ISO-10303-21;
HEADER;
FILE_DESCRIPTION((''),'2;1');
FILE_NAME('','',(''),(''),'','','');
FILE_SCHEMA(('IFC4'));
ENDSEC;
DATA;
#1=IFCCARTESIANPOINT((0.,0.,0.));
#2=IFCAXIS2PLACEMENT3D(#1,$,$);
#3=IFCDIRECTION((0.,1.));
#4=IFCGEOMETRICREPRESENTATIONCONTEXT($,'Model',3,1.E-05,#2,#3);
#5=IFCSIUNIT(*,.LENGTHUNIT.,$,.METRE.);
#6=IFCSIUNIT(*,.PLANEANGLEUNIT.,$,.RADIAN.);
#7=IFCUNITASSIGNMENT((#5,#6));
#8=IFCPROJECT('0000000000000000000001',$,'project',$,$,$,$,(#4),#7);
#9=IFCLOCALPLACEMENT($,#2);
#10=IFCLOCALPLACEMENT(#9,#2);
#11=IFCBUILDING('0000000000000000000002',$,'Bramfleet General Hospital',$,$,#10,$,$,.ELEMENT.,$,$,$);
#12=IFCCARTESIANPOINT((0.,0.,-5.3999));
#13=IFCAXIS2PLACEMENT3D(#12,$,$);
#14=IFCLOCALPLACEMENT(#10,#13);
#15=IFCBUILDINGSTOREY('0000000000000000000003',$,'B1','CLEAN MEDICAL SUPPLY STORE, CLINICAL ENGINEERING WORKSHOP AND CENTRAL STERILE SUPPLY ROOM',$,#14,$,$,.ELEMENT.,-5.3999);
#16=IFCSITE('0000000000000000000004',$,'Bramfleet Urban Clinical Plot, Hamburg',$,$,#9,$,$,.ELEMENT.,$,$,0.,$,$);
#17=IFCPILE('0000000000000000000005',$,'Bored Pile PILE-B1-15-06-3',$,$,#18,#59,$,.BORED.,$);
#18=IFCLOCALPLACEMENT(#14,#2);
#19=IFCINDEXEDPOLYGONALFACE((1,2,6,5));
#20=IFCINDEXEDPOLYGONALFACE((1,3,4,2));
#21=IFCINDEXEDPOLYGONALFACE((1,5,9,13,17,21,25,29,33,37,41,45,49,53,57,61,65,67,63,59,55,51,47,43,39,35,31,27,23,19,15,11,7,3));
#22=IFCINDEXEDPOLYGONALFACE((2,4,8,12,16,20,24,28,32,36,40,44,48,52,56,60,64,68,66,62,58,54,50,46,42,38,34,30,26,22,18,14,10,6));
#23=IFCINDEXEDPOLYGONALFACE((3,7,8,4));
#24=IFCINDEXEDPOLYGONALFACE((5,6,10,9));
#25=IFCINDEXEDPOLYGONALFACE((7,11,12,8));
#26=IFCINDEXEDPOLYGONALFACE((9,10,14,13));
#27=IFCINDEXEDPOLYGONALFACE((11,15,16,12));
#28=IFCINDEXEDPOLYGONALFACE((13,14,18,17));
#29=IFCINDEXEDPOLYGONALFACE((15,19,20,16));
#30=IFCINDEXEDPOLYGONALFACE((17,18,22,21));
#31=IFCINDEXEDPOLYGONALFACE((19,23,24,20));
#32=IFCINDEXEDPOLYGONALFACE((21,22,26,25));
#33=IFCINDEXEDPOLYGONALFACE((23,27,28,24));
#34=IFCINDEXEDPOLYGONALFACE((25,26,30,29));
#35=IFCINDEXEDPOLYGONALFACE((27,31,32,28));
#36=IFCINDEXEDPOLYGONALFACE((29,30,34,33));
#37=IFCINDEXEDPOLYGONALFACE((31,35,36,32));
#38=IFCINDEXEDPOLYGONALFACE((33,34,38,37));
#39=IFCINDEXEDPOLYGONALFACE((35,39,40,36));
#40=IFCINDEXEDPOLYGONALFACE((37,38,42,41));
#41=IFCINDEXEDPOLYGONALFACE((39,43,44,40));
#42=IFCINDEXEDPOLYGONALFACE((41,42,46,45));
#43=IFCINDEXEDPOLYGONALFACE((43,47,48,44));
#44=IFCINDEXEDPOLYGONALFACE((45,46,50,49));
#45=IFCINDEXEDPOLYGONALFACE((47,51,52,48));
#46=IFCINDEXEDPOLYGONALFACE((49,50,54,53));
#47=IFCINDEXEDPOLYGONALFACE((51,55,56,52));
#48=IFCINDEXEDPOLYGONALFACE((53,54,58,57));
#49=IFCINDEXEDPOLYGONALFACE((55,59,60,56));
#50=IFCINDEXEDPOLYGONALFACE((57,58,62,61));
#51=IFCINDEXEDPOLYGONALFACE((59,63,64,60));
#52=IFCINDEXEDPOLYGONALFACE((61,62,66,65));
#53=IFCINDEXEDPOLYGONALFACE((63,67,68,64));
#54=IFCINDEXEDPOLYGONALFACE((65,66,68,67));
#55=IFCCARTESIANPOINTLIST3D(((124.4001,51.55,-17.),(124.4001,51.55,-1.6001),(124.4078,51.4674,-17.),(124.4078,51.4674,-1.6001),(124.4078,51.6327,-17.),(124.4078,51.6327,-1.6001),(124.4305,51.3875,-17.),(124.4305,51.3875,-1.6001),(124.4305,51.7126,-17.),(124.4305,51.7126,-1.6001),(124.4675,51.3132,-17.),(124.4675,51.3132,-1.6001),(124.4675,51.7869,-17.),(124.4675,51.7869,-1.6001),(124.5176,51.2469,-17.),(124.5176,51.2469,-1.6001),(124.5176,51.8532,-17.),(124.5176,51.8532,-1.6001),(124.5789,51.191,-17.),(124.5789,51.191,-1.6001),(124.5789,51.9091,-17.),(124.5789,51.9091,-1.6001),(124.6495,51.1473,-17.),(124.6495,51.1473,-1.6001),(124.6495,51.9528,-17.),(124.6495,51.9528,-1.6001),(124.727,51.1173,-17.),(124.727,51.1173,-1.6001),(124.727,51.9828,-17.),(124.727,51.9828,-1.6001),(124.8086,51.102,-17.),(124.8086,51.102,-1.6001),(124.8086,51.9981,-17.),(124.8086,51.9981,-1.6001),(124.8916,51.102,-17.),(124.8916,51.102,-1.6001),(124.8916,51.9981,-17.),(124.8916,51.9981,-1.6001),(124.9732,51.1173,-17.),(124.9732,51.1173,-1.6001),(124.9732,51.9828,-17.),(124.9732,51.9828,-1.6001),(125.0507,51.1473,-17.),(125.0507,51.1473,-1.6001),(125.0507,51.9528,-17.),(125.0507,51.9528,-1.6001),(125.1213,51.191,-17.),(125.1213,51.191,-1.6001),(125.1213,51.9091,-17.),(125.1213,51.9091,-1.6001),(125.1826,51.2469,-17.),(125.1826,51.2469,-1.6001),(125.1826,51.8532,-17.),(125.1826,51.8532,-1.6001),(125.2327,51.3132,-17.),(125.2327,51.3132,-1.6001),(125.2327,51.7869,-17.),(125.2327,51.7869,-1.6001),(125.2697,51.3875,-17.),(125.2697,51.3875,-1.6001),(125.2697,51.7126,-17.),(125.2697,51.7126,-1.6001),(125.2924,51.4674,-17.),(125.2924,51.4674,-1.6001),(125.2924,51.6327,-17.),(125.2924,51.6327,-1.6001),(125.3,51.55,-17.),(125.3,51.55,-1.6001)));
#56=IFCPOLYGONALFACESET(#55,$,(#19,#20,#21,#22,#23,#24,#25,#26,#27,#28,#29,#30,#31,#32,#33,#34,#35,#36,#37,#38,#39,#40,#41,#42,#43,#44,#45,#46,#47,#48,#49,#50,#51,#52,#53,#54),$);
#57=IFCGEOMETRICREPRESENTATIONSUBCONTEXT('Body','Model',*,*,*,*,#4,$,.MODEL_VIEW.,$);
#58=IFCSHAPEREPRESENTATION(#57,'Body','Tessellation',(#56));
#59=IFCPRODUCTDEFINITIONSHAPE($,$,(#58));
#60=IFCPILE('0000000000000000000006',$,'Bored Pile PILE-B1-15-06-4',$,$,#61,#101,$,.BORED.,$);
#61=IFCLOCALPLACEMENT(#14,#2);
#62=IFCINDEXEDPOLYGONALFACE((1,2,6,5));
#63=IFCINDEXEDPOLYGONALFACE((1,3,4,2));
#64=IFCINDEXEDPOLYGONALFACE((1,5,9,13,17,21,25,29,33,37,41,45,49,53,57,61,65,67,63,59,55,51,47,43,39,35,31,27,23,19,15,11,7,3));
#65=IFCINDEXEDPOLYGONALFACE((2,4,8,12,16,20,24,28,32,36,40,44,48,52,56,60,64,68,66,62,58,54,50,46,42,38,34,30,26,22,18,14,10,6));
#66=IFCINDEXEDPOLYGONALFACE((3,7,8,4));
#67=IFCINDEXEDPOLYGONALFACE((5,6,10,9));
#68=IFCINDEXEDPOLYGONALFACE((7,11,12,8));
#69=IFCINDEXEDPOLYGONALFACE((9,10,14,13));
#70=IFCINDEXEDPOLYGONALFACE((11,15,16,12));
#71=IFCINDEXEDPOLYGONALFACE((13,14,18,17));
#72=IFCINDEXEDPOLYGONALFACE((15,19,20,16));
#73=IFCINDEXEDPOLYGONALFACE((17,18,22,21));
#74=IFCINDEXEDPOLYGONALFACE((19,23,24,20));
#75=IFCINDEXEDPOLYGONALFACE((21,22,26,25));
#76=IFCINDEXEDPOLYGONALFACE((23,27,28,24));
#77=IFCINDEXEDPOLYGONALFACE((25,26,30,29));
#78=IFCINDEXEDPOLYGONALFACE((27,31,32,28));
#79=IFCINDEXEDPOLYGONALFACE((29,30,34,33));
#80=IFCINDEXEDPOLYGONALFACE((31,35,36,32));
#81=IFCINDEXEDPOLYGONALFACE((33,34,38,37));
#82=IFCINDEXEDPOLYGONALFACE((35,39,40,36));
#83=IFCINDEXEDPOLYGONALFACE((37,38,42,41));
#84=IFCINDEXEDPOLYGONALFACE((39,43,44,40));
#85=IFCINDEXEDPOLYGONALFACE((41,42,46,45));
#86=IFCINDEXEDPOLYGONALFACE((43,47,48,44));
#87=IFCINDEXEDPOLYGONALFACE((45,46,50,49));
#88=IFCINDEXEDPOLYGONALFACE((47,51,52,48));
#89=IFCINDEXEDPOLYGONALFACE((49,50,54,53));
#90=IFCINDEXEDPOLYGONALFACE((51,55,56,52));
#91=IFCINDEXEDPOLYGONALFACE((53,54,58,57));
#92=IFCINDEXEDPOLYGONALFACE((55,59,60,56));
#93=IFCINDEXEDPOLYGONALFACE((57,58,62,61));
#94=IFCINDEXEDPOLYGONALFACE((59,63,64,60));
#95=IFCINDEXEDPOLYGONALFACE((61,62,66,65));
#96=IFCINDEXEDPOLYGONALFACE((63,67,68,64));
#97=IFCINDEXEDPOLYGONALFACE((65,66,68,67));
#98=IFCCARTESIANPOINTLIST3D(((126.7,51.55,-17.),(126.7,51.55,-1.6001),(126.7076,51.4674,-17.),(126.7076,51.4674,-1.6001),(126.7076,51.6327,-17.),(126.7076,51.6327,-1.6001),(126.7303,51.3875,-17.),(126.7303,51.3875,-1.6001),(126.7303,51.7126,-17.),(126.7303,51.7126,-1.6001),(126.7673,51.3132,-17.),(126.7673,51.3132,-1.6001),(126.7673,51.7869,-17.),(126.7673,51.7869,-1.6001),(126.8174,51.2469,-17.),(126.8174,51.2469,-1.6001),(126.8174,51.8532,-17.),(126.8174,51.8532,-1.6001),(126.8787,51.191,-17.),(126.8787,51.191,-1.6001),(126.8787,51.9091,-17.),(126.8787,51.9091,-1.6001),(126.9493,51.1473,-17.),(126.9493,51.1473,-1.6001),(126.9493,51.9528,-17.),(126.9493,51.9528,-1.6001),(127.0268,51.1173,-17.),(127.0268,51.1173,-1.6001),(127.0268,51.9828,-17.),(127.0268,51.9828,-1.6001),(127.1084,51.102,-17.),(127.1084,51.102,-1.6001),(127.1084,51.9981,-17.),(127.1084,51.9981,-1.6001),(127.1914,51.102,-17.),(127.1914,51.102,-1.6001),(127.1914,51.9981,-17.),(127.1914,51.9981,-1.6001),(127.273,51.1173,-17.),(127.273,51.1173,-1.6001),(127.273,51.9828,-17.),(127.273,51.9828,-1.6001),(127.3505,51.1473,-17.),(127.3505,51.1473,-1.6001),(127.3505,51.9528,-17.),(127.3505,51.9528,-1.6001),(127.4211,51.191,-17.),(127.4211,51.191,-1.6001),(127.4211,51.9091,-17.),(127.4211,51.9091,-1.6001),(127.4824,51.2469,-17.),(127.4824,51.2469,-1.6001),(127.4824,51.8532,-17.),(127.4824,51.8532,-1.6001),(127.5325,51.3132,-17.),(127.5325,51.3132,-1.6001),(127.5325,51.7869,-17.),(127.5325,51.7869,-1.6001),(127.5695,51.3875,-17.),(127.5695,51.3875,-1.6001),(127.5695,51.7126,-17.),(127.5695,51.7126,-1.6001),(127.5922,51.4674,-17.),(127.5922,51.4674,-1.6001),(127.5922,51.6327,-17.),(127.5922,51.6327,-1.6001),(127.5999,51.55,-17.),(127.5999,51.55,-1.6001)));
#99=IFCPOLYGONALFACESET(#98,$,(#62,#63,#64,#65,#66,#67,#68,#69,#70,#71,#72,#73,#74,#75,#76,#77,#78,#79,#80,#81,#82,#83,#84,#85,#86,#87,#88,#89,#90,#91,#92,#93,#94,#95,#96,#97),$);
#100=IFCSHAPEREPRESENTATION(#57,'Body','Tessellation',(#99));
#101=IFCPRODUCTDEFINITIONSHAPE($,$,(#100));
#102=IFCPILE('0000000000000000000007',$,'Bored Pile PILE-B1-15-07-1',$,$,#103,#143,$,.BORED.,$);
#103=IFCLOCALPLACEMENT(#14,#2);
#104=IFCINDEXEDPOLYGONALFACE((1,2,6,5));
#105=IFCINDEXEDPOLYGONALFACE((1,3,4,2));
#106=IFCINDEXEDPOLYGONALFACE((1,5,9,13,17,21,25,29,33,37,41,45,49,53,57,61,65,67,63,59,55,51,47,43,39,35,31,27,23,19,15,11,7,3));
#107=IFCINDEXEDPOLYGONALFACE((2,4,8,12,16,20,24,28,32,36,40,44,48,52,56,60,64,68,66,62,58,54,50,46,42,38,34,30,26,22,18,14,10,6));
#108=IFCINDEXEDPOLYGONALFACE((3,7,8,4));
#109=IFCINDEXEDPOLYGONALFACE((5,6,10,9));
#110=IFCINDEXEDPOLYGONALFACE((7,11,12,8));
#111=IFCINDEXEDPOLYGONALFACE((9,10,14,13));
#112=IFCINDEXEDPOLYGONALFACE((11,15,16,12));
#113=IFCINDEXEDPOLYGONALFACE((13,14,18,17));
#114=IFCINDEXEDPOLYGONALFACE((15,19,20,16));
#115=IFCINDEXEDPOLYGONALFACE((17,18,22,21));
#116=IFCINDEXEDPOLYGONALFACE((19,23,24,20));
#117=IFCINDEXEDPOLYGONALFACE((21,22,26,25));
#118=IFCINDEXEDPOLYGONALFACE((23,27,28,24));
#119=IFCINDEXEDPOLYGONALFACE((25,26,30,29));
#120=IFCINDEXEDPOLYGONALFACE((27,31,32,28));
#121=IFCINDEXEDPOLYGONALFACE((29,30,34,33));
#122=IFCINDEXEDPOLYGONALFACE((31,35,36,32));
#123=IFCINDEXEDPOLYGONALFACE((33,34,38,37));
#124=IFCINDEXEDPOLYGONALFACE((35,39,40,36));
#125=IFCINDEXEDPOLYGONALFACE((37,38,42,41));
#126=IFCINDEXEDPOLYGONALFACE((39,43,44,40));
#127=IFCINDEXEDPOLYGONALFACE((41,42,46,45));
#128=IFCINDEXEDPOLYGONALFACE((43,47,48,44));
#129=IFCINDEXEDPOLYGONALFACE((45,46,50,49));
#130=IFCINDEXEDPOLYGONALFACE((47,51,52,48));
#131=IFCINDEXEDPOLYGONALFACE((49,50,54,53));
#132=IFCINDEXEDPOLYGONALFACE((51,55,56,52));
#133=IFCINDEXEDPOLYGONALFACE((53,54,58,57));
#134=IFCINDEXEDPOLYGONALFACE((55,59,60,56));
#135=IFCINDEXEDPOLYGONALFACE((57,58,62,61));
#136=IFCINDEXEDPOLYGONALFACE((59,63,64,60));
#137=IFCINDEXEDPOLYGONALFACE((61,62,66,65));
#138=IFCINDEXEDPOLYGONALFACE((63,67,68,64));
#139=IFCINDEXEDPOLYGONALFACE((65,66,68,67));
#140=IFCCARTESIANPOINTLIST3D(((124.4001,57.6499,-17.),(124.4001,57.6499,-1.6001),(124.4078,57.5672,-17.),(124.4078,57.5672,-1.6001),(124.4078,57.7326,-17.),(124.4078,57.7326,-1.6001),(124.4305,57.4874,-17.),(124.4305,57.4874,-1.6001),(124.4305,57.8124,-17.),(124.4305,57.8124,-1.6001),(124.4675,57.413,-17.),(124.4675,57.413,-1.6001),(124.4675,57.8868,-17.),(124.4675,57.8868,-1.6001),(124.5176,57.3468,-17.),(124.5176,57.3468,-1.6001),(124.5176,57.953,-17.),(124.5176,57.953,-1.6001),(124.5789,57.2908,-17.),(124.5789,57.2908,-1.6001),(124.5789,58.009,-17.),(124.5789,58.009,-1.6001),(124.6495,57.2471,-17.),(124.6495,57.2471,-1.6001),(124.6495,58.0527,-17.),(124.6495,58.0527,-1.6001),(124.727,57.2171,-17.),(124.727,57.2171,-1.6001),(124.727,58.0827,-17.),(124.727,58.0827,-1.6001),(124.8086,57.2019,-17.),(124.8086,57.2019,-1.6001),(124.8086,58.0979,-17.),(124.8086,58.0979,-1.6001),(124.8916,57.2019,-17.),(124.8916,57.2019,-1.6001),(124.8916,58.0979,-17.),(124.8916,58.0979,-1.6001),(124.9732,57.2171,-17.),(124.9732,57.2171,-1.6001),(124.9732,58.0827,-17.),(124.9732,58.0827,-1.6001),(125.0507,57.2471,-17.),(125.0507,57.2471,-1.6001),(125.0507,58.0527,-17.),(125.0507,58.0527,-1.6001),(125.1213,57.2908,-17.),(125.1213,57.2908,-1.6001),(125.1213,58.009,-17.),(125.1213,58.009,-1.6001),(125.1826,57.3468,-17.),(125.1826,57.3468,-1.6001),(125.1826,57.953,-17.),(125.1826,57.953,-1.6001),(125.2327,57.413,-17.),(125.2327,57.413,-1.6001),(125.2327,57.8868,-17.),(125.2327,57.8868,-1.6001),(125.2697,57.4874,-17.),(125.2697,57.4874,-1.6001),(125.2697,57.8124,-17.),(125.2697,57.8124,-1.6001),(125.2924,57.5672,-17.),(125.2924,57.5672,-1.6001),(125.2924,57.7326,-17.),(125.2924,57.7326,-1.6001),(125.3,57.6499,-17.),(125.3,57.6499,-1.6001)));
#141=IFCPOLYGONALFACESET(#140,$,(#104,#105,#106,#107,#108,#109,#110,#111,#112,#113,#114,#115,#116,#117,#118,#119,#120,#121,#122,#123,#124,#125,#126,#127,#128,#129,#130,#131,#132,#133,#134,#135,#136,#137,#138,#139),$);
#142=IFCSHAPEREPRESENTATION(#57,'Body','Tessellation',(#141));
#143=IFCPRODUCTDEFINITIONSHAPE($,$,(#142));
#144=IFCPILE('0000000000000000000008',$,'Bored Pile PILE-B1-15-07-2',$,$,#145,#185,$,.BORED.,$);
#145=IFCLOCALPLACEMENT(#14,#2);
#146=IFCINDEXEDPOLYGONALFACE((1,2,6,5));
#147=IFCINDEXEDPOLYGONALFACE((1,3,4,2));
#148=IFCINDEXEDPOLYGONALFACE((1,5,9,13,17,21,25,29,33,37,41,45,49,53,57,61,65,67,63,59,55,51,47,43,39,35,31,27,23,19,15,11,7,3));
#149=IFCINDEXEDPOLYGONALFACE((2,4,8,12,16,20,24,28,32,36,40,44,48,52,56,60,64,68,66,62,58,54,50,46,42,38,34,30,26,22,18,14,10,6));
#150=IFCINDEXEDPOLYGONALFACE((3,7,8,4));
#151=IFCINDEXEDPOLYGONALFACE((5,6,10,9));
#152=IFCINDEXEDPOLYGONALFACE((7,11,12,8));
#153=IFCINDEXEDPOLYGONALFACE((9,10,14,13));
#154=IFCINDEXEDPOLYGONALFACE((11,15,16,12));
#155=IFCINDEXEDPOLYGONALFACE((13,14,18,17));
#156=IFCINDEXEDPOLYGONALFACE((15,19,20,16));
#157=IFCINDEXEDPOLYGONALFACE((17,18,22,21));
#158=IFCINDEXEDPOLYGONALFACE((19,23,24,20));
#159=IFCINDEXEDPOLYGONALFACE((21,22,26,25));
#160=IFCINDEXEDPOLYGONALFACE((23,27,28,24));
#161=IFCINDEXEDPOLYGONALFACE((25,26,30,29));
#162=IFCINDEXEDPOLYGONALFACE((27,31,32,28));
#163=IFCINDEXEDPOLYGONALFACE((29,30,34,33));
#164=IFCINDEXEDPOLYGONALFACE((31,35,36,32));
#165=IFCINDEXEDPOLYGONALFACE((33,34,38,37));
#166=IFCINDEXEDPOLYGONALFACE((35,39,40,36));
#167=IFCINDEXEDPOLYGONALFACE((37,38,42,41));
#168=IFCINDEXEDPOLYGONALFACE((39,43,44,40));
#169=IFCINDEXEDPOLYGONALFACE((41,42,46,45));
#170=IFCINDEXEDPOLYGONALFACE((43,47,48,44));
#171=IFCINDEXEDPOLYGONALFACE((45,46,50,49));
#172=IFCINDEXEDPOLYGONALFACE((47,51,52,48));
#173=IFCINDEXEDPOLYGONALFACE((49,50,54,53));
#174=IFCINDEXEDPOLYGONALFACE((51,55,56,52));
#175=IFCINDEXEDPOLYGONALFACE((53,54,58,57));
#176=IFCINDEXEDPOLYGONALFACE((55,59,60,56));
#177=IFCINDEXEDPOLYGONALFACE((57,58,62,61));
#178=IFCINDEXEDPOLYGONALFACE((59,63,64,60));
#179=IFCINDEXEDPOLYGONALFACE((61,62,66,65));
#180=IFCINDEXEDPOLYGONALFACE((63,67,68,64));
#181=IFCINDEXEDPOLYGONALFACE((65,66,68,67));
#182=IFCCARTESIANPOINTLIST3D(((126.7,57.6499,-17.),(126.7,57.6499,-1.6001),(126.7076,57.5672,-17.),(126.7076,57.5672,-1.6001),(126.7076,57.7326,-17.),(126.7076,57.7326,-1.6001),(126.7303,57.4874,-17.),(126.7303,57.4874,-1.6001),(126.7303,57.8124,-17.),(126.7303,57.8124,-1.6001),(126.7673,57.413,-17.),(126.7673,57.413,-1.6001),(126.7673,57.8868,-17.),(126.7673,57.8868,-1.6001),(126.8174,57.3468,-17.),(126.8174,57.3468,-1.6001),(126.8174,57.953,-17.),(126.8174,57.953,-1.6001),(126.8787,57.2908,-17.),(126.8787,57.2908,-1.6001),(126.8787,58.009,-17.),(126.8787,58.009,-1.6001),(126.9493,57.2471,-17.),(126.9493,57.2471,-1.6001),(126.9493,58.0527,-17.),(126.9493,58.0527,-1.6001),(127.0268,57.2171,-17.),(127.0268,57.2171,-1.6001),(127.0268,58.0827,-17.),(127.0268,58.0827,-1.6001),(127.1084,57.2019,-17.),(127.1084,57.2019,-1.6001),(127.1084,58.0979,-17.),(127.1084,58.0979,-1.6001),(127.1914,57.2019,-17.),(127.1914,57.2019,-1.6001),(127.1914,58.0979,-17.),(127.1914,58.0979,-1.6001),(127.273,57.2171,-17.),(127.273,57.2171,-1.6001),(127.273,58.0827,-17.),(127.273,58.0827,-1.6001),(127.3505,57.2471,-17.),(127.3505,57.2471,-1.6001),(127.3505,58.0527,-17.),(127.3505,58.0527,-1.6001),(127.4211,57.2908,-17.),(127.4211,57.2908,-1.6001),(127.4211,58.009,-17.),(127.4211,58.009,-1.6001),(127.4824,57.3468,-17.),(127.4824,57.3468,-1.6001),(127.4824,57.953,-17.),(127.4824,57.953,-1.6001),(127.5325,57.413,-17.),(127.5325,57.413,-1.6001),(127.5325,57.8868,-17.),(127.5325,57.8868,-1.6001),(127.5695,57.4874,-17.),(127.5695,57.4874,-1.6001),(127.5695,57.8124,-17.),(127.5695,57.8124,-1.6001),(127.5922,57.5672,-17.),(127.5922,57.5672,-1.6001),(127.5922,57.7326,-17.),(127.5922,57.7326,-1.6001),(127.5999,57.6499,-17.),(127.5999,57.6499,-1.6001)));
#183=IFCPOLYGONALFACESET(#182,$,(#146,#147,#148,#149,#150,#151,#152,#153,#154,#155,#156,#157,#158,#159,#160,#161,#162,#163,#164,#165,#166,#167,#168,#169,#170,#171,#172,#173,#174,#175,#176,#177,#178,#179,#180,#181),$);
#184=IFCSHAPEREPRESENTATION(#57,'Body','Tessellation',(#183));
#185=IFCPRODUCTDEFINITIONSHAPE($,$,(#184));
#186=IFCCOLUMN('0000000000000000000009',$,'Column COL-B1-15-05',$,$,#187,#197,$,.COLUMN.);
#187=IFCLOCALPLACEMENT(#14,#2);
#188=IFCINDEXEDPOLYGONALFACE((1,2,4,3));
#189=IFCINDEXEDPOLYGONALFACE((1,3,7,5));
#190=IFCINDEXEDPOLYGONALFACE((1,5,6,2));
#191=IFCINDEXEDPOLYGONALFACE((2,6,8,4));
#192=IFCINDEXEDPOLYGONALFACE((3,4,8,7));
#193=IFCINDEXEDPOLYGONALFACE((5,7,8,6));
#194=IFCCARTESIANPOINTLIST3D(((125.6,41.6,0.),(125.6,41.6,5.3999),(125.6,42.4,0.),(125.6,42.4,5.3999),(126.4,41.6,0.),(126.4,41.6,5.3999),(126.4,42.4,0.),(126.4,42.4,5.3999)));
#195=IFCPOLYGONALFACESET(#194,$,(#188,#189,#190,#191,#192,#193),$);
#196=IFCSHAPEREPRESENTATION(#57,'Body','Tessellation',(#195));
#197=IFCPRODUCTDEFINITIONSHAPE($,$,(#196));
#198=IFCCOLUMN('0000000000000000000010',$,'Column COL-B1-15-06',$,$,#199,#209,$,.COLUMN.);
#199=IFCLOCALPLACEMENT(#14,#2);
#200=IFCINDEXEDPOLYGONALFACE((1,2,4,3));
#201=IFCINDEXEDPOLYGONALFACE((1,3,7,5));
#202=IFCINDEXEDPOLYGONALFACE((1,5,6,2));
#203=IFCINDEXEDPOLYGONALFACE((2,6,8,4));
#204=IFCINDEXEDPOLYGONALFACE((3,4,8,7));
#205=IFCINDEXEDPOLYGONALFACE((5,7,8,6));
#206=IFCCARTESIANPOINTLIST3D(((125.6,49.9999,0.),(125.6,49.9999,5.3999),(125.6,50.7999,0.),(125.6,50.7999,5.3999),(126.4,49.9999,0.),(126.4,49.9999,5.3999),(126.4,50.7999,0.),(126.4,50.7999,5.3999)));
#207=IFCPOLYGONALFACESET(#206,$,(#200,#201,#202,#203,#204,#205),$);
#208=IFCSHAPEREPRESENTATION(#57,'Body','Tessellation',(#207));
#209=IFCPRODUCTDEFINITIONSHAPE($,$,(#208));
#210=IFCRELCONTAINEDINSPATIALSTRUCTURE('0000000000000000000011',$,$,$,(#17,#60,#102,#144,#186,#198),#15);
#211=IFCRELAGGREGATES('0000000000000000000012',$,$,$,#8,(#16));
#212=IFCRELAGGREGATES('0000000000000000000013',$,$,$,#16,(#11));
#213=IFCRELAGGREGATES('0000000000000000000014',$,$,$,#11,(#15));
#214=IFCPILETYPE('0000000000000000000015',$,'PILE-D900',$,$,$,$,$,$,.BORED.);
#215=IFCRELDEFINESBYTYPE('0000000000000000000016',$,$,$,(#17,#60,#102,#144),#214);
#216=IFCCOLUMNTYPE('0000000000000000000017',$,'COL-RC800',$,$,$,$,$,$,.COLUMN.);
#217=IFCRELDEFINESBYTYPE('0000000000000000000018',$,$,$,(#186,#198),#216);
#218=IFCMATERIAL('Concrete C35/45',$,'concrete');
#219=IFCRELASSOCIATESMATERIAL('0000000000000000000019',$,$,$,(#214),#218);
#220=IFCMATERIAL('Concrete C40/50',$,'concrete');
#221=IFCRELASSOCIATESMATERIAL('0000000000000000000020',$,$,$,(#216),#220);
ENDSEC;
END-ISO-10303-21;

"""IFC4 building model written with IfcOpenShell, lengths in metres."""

from ifc_helpers import new_model, si_unit, direction, frame, origin, origin_2d, place, context, subcontext, project, spatial, rectangle, circle, extrude, material, material_profile, profile_set, type_object, element, save


model = new_model("IFC4")

# Units and contexts
model_context = context("Model", 3, precision=1e-05, world=origin(), true_north=direction((0.0, 1.0)))
body_context = subcontext(model_context, "Body", "Model", "MODEL_VIEW")
ifc_project = project(units=[si_unit("LENGTHUNIT", "METRE"), si_unit("PLANEANGLEUNIT", "RADIAN")], contexts=[model_context])

# Site, building, storey
site_placement = place(None, origin())
site = spatial("IfcSite", under=ifc_project, at=site_placement, Name="Bramfleet Urban Clinical Plot, Hamburg", CompositionType="ELEMENT", RefElevation=0.0)
building_placement = place(site_placement, origin())
building = spatial("IfcBuilding", under=site, at=building_placement, Name="Bramfleet General Hospital", CompositionType="ELEMENT")
storey_placement = place(building_placement, frame((0.0, 0.0, -5.3999)))
storey = spatial("IfcBuildingStorey", under=building, at=storey_placement, Name="B1", Description="CLEAN MEDICAL SUPPLY STORE, CLINICAL ENGINEERING WORKSHOP AND CENTRAL STERILE SUPPLY ROOM", CompositionType="ELEMENT", Elevation=-5.3999)

# Shared definitions
ifc_material_1 = material(Name="Concrete C35/45", Category="concrete")

# Piles
ifc_material_profile_1 = material_profile(ifc_material_1, circle(Radius=0.45, at=origin_2d()), Name="PILE BORED D900")
ifc_profile_set_1 = profile_set([ifc_material_profile_1], Name="Concrete C35/45")
pile_type = type_object("IfcPileType", Name="PILE-D900", PredefinedType="BORED", material=ifc_profile_set_1)
for number, where, z_axis, x_axis, name in (
    (1, (124.8501, 51.55, -1.6001), (0.0, 0.0, -1.0), (1.0, 0.0, 0.0), "Bored Pile PILE-B1-15-06-3"),
    (2, (127.1499, 51.55, -1.6001), (0.0, 0.0, -1.0), (1.0, 0.0, 0.0), "Bored Pile PILE-B1-15-06-4"),
    (3, (124.8501, 57.6499, -1.6001), (0.0, 0.0, -1.0), (1.0, 0.0, 0.0), "Bored Pile PILE-B1-15-07-1"),
    (4, (127.1499, 57.6499, -1.6001), (0.0, 0.0, -1.0), (1.0, 0.0, 0.0), "Bored Pile PILE-B1-15-07-2"),
):
    element("IfcPile", number, at=place(storey_placement, frame(where, z_axis=z_axis, x_axis=x_axis)), inside=storey, type_object=pile_type, Name=name, PredefinedType="BORED", context=body_context, shape_type="SweptSolid", body=[
        extrude(circle(Radius=0.45, at=origin_2d()), origin(), (0.0, 0.0, 1.0), 15.3999),
    ])

# Columns
ifc_material_2 = material(Name="Concrete C40/50", Category="concrete")
ifc_material_profile_2 = material_profile(ifc_material_2, rectangle(XDim=0.8, YDim=0.8, at=origin_2d()), Name="RC COL 800x800")
ifc_profile_set_2 = profile_set([ifc_material_profile_2], Name="Concrete C40/50")
column_type = type_object("IfcColumnType", Name="COL-RC800", PredefinedType="COLUMN", material=ifc_profile_set_2)
for number, where, z_axis, x_axis, name in (
    (5, (126.0, 42.0, 0.0), (0.0, 0.0, 1.0), (1.0, 0.0, 0.0), "Column COL-B1-15-05"),
    (6, (126.0, 50.3999, 0.0), (0.0, 0.0, 1.0), (1.0, 0.0, 0.0), "Column COL-B1-15-06"),
):
    element("IfcColumn", number, at=place(storey_placement, frame(where, z_axis=z_axis, x_axis=x_axis)), inside=storey, type_object=column_type, Name=name, PredefinedType="COLUMN", context=body_context, shape_type="SweptSolid", body=[
        extrude(rectangle(XDim=0.8, YDim=0.8, at=origin_2d()), origin(), (0.0, 0.0, 1.0), 5.3999),
    ])

save(model, "model.ifc")
